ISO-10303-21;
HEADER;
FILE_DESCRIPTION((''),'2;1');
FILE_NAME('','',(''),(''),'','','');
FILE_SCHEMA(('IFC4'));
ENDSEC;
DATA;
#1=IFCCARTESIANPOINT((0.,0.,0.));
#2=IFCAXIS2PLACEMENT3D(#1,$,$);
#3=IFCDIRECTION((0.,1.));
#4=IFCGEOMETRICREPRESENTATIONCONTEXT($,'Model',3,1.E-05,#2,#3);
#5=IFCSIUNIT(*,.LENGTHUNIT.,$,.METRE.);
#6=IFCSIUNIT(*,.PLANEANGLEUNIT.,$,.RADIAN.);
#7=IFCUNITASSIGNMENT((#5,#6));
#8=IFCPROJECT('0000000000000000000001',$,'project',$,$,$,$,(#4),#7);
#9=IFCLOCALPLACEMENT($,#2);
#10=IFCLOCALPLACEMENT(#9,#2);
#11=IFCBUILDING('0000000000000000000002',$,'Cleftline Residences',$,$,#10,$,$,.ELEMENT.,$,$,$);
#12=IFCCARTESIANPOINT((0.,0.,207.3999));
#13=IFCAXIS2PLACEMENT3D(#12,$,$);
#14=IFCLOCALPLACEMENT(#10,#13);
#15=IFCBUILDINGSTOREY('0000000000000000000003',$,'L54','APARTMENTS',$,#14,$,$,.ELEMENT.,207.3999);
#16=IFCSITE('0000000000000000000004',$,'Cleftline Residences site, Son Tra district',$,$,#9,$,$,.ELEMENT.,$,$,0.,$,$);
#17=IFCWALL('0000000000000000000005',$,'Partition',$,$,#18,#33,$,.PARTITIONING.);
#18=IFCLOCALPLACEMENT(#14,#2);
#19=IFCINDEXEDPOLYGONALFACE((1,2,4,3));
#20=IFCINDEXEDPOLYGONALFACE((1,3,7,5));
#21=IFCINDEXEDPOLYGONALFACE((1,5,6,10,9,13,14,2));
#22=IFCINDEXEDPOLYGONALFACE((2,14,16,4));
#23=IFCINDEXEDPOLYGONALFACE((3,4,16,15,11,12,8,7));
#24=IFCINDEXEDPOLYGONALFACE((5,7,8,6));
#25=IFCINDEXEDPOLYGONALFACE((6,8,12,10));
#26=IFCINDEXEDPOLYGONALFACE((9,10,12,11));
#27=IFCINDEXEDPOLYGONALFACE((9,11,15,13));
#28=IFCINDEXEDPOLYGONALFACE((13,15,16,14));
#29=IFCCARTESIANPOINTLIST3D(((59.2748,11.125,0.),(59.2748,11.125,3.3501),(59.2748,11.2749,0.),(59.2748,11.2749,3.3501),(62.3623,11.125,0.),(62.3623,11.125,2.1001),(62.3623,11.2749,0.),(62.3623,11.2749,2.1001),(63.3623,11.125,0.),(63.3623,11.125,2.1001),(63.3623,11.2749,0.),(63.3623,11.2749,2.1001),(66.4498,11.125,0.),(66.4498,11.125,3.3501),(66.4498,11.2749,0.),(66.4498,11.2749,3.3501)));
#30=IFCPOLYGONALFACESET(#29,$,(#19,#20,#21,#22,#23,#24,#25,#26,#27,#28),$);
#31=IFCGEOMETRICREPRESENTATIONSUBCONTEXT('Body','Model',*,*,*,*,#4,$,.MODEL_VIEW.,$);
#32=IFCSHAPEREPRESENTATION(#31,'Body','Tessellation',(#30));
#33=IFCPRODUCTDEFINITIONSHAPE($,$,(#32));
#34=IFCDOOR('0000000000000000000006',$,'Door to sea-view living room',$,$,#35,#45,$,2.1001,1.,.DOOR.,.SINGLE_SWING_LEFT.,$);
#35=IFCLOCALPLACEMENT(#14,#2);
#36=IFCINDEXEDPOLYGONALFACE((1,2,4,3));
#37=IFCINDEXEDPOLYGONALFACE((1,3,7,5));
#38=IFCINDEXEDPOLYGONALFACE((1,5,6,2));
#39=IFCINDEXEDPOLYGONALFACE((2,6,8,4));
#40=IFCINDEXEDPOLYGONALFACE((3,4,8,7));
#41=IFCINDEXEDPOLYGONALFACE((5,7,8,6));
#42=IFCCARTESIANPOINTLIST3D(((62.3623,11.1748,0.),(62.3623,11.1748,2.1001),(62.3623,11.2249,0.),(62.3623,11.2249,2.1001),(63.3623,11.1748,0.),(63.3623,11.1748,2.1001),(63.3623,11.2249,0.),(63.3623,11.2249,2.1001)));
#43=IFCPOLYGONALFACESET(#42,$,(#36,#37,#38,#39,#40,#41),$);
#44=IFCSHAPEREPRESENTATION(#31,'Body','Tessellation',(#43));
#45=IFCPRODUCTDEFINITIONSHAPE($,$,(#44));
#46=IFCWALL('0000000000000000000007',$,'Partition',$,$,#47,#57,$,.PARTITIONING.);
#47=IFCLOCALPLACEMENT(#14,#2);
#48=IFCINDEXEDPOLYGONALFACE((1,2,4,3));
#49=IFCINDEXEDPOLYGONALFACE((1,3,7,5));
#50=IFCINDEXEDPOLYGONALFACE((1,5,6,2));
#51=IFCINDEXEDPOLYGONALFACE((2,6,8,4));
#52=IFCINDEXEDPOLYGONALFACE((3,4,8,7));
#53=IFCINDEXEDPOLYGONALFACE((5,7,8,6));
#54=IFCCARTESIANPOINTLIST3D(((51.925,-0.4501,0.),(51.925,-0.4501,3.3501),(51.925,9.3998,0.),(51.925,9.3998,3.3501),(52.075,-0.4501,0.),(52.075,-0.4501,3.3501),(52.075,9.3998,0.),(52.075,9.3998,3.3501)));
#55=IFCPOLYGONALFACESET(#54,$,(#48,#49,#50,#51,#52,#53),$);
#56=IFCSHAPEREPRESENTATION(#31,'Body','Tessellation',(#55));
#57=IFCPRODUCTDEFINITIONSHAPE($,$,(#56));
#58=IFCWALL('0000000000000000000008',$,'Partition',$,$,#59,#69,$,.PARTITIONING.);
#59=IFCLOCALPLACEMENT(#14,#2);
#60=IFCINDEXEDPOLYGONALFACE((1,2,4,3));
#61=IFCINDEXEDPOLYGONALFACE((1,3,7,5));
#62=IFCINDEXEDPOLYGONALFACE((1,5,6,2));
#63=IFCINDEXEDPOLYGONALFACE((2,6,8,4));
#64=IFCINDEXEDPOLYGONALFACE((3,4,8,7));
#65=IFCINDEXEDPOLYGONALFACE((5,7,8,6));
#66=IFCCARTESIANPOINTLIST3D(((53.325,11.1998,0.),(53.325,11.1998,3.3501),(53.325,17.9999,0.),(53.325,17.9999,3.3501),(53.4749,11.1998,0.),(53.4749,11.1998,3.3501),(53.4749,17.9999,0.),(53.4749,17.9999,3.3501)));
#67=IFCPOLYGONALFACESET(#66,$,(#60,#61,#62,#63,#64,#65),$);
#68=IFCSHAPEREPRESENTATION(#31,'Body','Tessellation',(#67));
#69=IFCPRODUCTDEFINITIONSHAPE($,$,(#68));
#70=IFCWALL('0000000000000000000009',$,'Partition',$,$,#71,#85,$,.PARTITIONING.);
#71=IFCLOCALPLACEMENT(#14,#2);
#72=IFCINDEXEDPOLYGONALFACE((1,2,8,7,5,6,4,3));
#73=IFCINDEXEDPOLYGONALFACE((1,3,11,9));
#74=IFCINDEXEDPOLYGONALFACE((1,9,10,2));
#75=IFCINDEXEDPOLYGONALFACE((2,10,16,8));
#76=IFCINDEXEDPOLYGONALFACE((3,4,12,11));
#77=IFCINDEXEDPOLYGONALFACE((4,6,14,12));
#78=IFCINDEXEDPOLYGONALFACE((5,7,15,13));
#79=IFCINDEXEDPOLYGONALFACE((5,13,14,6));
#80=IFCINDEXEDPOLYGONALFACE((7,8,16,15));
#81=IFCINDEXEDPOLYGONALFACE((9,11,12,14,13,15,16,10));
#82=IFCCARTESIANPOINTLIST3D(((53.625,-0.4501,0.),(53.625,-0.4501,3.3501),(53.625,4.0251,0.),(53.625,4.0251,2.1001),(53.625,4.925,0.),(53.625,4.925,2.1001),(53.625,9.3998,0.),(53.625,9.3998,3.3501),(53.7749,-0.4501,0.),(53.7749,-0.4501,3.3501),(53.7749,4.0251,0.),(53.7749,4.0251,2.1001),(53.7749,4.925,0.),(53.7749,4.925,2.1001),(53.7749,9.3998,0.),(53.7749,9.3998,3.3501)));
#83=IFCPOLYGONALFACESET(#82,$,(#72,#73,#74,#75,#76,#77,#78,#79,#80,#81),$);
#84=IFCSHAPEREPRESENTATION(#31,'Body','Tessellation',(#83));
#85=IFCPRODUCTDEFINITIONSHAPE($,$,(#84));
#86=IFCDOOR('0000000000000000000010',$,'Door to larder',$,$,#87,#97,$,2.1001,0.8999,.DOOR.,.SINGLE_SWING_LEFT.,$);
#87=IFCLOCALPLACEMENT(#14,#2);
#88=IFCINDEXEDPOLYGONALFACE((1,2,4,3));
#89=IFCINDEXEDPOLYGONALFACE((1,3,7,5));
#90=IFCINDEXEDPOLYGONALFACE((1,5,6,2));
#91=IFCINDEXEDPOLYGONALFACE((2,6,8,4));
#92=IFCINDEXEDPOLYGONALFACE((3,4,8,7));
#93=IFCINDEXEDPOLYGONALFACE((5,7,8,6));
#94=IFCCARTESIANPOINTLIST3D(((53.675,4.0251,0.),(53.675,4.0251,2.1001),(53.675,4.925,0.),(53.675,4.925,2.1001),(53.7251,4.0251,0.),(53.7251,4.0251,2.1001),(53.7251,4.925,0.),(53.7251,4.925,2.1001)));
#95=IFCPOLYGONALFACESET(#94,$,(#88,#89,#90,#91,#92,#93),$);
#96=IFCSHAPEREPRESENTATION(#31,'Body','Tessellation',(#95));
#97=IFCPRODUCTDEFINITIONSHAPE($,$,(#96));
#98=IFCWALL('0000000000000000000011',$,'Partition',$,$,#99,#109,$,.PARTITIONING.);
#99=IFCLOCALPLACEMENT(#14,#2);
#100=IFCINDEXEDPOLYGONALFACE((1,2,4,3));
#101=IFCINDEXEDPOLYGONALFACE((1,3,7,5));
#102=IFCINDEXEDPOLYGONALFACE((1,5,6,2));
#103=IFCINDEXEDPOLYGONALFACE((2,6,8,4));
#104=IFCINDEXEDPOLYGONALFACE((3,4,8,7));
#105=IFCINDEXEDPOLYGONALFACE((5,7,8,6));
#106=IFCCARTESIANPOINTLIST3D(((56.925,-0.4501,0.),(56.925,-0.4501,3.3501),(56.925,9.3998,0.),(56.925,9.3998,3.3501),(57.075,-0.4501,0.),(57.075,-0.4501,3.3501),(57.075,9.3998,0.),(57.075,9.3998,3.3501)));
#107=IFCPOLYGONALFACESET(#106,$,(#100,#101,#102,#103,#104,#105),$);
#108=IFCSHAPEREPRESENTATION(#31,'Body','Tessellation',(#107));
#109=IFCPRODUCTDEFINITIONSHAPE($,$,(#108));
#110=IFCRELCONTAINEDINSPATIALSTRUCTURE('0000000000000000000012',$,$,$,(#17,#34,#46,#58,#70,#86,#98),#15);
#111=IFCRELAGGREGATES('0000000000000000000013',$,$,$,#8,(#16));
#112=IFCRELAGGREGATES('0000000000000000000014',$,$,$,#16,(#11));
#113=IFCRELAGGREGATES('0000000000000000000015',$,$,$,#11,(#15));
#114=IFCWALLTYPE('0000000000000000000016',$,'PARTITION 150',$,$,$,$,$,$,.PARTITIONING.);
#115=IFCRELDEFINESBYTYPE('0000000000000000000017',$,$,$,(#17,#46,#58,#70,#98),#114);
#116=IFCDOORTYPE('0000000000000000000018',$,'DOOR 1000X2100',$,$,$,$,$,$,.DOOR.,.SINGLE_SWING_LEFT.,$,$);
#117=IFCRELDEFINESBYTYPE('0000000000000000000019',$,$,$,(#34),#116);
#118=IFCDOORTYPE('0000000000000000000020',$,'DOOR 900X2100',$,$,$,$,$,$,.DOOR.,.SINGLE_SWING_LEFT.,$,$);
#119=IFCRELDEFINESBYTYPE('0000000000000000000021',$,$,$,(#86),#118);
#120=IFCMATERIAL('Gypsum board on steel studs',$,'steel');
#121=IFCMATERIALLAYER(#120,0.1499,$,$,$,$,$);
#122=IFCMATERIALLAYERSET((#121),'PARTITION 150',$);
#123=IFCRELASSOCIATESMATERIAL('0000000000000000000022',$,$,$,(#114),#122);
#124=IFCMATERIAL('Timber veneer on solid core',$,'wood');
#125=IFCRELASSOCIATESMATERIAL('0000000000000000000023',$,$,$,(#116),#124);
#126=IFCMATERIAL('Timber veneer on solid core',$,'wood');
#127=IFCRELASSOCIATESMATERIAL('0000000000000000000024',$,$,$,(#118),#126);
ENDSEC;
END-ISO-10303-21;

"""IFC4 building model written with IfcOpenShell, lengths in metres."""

from ifc_helpers import new_model, si_unit, direction, frame, frame_2d, origin, place, context, subcontext, project, spatial, rectangle, extrude, material, layer, layer_set, type_object, element, fill, save


model = new_model("IFC4")

# Units and contexts
model_context = context("Model", 3, precision=1e-05, world=origin(), true_north=direction((0.0, 1.0)))
body_context = subcontext(model_context, "Body", "Model", "MODEL_VIEW")
ifc_project = project(units=[si_unit("LENGTHUNIT", "METRE"), si_unit("PLANEANGLEUNIT", "RADIAN")], contexts=[model_context])

# Site, building, storey
site_placement = place(None, origin())
site = spatial("IfcSite", under=ifc_project, at=site_placement, Name="Cleftline Residences site, Son Tra district", CompositionType="ELEMENT", RefElevation=0.0)
building_placement = place(site_placement, origin())
building = spatial("IfcBuilding", under=site, at=building_placement, Name="Cleftline Residences", CompositionType="ELEMENT")
storey_placement = place(building_placement, frame((0.0, 0.0, 207.3999)))
storey = spatial("IfcBuildingStorey", under=building, at=storey_placement, Name="L54", Description="APARTMENTS", CompositionType="ELEMENT", Elevation=207.3999)

# Wall, opening, door
ifc_material_1 = material(Name="Gypsum board on steel studs", Category="steel")
ifc_layer_1 = layer(ifc_material_1, 0.1499)
ifc_layer_set_1 = layer_set([ifc_layer_1], Name="PARTITION 150")
wall_type_1 = type_object("IfcWallType", Name="PARTITION 150", PredefinedType="PARTITIONING", material=ifc_layer_set_1)
wall_1_placement = place(storey_placement, frame((59.2749, 11.2, 0.0), z_axis=(0.0, 0.0, 1.0), x_axis=(1.0, 0.0, 0.0)))
wall_1 = element("IfcWall", 1, at=wall_1_placement, inside=storey, type_object=wall_type_1, Name="Partition", PredefinedType="PARTITIONING", context=body_context, shape_type="SweptSolid", body=[
    extrude(rectangle(XDim=7.175, YDim=0.1499, at=frame_2d((3.5874, 0.0))), origin(), (0.0, 0.0, 1.0), 3.3501),
])
opening_1_placement = place(wall_1_placement, frame((3.0874, 0.0, 0.0)))
opening_1 = element("IfcOpeningElement", 2, at=opening_1_placement, cuts=wall_1, PredefinedType="OPENING", context=body_context, shape_type="SweptSolid", body=[
    extrude(rectangle(XDim=1.0, YDim=2.1001, at=frame_2d((0.5, 1.05))), frame((0.0, 0.085, 0.0), z_axis=(0.0, -1.0, 0.0), x_axis=(1.0, 0.0, 0.0)), (0.0, 0.0, 1.0), 0.1699),
])
ifc_material_2 = material(Name="Timber veneer on solid core", Category="wood")
door_type_1 = type_object("IfcDoorType", Name="DOOR 1000X2100", OperationType="SINGLE_SWING_LEFT", PredefinedType="DOOR", material=ifc_material_2)
door_1_placement = place(opening_1_placement, origin())
door_1 = element("IfcDoor", 3, at=door_1_placement, inside=storey, type_object=door_type_1, Name="Door to sea-view living room", OperationType="SINGLE_SWING_LEFT", OverallHeight=2.1001, OverallWidth=1.0, PredefinedType="DOOR", context=body_context, shape_type="SweptSolid", body=[
    extrude(rectangle(XDim=1.0, YDim=2.1001, at=frame_2d((0.5, 1.05))), frame((0.0, 0.0249, 0.0), z_axis=(0.0, -1.0, 0.0), x_axis=(1.0, 0.0, 0.0)), (0.0, 0.0, 1.0), 0.05),
])
fill(opening_1, door_1)

# Walls
wall_2_placement = place(storey_placement, frame((52.0, -0.45, 0.0), z_axis=(0.0, 0.0, 1.0), x_axis=(0.0, 1.0, 0.0)))
element("IfcWall", 4, at=wall_2_placement, inside=storey, type_object=wall_type_1, Name="Partition", PredefinedType="PARTITIONING", context=body_context, shape_type="SweptSolid", body=[
    extrude(rectangle(XDim=9.8499, YDim=0.1499, at=frame_2d((4.9248, 0.0))), origin(), (0.0, 0.0, 1.0), 3.3501),
])
wall_3_placement = place(storey_placement, frame((53.3999, 11.2, 0.0), z_axis=(0.0, 0.0, 1.0), x_axis=(0.0, 1.0, 0.0)))
element("IfcWall", 5, at=wall_3_placement, inside=storey, type_object=wall_type_1, Name="Partition", PredefinedType="PARTITIONING", context=body_context, shape_type="SweptSolid", body=[
    extrude(rectangle(XDim=6.8, YDim=0.1499, at=frame_2d((3.3999, 0.0))), origin(), (0.0, 0.0, 1.0), 3.3501),
])

# Wall, opening, door
wall_4_placement = place(storey_placement, frame((53.7, -0.45, 0.0), z_axis=(0.0, 0.0, 1.0), x_axis=(0.0, 1.0, 0.0)))
wall_4 = element("IfcWall", 6, at=wall_4_placement, inside=storey, type_object=wall_type_1, Name="Partition", PredefinedType="PARTITIONING", context=body_context, shape_type="SweptSolid", body=[
    extrude(rectangle(XDim=9.8499, YDim=0.1499, at=frame_2d((4.9248, 0.0))), origin(), (0.0, 0.0, 1.0), 3.3501),
])
opening_2_placement = place(wall_4_placement, frame((4.4751, 0.0, 0.0)))
opening_2 = element("IfcOpeningElement", 7, at=opening_2_placement, cuts=wall_4, PredefinedType="OPENING", context=body_context, shape_type="SweptSolid", body=[
    extrude(rectangle(XDim=0.8999, YDim=2.1001, at=frame_2d((0.45, 1.05))), frame((0.0, 0.085, 0.0), z_axis=(0.0, -1.0, 0.0), x_axis=(1.0, 0.0, 0.0)), (0.0, 0.0, 1.0), 0.1699),
])
ifc_material_3 = material(Name="Timber veneer on solid core", Category="wood")
door_type_2 = type_object("IfcDoorType", Name="DOOR 900X2100", OperationType="SINGLE_SWING_LEFT", PredefinedType="DOOR", material=ifc_material_3)
door_2_placement = place(opening_2_placement, origin())
door_2 = element("IfcDoor", 8, at=door_2_placement, inside=storey, type_object=door_type_2, Name="Door to larder", OperationType="SINGLE_SWING_LEFT", OverallHeight=2.1001, OverallWidth=0.8999, PredefinedType="DOOR", context=body_context, shape_type="SweptSolid", body=[
    extrude(rectangle(XDim=0.8999, YDim=2.1001, at=frame_2d((0.45, 1.05))), frame((0.0, 0.0249, 0.0), z_axis=(0.0, -1.0, 0.0), x_axis=(1.0, 0.0, 0.0)), (0.0, 0.0, 1.0), 0.05),
])
fill(opening_2, door_2)

# Wall
wall_5_placement = place(storey_placement, frame((57.0, -0.45, 0.0), z_axis=(0.0, 0.0, 1.0), x_axis=(0.0, 1.0, 0.0)))
element("IfcWall", 9, at=wall_5_placement, inside=storey, type_object=wall_type_1, Name="Partition", PredefinedType="PARTITIONING", context=body_context, shape_type="SweptSolid", body=[
    extrude(rectangle(XDim=9.8499, YDim=0.1499, at=frame_2d((4.9248, 0.0))), origin(), (0.0, 0.0, 1.0), 3.3501),
])

save(model, "model.ifc")
